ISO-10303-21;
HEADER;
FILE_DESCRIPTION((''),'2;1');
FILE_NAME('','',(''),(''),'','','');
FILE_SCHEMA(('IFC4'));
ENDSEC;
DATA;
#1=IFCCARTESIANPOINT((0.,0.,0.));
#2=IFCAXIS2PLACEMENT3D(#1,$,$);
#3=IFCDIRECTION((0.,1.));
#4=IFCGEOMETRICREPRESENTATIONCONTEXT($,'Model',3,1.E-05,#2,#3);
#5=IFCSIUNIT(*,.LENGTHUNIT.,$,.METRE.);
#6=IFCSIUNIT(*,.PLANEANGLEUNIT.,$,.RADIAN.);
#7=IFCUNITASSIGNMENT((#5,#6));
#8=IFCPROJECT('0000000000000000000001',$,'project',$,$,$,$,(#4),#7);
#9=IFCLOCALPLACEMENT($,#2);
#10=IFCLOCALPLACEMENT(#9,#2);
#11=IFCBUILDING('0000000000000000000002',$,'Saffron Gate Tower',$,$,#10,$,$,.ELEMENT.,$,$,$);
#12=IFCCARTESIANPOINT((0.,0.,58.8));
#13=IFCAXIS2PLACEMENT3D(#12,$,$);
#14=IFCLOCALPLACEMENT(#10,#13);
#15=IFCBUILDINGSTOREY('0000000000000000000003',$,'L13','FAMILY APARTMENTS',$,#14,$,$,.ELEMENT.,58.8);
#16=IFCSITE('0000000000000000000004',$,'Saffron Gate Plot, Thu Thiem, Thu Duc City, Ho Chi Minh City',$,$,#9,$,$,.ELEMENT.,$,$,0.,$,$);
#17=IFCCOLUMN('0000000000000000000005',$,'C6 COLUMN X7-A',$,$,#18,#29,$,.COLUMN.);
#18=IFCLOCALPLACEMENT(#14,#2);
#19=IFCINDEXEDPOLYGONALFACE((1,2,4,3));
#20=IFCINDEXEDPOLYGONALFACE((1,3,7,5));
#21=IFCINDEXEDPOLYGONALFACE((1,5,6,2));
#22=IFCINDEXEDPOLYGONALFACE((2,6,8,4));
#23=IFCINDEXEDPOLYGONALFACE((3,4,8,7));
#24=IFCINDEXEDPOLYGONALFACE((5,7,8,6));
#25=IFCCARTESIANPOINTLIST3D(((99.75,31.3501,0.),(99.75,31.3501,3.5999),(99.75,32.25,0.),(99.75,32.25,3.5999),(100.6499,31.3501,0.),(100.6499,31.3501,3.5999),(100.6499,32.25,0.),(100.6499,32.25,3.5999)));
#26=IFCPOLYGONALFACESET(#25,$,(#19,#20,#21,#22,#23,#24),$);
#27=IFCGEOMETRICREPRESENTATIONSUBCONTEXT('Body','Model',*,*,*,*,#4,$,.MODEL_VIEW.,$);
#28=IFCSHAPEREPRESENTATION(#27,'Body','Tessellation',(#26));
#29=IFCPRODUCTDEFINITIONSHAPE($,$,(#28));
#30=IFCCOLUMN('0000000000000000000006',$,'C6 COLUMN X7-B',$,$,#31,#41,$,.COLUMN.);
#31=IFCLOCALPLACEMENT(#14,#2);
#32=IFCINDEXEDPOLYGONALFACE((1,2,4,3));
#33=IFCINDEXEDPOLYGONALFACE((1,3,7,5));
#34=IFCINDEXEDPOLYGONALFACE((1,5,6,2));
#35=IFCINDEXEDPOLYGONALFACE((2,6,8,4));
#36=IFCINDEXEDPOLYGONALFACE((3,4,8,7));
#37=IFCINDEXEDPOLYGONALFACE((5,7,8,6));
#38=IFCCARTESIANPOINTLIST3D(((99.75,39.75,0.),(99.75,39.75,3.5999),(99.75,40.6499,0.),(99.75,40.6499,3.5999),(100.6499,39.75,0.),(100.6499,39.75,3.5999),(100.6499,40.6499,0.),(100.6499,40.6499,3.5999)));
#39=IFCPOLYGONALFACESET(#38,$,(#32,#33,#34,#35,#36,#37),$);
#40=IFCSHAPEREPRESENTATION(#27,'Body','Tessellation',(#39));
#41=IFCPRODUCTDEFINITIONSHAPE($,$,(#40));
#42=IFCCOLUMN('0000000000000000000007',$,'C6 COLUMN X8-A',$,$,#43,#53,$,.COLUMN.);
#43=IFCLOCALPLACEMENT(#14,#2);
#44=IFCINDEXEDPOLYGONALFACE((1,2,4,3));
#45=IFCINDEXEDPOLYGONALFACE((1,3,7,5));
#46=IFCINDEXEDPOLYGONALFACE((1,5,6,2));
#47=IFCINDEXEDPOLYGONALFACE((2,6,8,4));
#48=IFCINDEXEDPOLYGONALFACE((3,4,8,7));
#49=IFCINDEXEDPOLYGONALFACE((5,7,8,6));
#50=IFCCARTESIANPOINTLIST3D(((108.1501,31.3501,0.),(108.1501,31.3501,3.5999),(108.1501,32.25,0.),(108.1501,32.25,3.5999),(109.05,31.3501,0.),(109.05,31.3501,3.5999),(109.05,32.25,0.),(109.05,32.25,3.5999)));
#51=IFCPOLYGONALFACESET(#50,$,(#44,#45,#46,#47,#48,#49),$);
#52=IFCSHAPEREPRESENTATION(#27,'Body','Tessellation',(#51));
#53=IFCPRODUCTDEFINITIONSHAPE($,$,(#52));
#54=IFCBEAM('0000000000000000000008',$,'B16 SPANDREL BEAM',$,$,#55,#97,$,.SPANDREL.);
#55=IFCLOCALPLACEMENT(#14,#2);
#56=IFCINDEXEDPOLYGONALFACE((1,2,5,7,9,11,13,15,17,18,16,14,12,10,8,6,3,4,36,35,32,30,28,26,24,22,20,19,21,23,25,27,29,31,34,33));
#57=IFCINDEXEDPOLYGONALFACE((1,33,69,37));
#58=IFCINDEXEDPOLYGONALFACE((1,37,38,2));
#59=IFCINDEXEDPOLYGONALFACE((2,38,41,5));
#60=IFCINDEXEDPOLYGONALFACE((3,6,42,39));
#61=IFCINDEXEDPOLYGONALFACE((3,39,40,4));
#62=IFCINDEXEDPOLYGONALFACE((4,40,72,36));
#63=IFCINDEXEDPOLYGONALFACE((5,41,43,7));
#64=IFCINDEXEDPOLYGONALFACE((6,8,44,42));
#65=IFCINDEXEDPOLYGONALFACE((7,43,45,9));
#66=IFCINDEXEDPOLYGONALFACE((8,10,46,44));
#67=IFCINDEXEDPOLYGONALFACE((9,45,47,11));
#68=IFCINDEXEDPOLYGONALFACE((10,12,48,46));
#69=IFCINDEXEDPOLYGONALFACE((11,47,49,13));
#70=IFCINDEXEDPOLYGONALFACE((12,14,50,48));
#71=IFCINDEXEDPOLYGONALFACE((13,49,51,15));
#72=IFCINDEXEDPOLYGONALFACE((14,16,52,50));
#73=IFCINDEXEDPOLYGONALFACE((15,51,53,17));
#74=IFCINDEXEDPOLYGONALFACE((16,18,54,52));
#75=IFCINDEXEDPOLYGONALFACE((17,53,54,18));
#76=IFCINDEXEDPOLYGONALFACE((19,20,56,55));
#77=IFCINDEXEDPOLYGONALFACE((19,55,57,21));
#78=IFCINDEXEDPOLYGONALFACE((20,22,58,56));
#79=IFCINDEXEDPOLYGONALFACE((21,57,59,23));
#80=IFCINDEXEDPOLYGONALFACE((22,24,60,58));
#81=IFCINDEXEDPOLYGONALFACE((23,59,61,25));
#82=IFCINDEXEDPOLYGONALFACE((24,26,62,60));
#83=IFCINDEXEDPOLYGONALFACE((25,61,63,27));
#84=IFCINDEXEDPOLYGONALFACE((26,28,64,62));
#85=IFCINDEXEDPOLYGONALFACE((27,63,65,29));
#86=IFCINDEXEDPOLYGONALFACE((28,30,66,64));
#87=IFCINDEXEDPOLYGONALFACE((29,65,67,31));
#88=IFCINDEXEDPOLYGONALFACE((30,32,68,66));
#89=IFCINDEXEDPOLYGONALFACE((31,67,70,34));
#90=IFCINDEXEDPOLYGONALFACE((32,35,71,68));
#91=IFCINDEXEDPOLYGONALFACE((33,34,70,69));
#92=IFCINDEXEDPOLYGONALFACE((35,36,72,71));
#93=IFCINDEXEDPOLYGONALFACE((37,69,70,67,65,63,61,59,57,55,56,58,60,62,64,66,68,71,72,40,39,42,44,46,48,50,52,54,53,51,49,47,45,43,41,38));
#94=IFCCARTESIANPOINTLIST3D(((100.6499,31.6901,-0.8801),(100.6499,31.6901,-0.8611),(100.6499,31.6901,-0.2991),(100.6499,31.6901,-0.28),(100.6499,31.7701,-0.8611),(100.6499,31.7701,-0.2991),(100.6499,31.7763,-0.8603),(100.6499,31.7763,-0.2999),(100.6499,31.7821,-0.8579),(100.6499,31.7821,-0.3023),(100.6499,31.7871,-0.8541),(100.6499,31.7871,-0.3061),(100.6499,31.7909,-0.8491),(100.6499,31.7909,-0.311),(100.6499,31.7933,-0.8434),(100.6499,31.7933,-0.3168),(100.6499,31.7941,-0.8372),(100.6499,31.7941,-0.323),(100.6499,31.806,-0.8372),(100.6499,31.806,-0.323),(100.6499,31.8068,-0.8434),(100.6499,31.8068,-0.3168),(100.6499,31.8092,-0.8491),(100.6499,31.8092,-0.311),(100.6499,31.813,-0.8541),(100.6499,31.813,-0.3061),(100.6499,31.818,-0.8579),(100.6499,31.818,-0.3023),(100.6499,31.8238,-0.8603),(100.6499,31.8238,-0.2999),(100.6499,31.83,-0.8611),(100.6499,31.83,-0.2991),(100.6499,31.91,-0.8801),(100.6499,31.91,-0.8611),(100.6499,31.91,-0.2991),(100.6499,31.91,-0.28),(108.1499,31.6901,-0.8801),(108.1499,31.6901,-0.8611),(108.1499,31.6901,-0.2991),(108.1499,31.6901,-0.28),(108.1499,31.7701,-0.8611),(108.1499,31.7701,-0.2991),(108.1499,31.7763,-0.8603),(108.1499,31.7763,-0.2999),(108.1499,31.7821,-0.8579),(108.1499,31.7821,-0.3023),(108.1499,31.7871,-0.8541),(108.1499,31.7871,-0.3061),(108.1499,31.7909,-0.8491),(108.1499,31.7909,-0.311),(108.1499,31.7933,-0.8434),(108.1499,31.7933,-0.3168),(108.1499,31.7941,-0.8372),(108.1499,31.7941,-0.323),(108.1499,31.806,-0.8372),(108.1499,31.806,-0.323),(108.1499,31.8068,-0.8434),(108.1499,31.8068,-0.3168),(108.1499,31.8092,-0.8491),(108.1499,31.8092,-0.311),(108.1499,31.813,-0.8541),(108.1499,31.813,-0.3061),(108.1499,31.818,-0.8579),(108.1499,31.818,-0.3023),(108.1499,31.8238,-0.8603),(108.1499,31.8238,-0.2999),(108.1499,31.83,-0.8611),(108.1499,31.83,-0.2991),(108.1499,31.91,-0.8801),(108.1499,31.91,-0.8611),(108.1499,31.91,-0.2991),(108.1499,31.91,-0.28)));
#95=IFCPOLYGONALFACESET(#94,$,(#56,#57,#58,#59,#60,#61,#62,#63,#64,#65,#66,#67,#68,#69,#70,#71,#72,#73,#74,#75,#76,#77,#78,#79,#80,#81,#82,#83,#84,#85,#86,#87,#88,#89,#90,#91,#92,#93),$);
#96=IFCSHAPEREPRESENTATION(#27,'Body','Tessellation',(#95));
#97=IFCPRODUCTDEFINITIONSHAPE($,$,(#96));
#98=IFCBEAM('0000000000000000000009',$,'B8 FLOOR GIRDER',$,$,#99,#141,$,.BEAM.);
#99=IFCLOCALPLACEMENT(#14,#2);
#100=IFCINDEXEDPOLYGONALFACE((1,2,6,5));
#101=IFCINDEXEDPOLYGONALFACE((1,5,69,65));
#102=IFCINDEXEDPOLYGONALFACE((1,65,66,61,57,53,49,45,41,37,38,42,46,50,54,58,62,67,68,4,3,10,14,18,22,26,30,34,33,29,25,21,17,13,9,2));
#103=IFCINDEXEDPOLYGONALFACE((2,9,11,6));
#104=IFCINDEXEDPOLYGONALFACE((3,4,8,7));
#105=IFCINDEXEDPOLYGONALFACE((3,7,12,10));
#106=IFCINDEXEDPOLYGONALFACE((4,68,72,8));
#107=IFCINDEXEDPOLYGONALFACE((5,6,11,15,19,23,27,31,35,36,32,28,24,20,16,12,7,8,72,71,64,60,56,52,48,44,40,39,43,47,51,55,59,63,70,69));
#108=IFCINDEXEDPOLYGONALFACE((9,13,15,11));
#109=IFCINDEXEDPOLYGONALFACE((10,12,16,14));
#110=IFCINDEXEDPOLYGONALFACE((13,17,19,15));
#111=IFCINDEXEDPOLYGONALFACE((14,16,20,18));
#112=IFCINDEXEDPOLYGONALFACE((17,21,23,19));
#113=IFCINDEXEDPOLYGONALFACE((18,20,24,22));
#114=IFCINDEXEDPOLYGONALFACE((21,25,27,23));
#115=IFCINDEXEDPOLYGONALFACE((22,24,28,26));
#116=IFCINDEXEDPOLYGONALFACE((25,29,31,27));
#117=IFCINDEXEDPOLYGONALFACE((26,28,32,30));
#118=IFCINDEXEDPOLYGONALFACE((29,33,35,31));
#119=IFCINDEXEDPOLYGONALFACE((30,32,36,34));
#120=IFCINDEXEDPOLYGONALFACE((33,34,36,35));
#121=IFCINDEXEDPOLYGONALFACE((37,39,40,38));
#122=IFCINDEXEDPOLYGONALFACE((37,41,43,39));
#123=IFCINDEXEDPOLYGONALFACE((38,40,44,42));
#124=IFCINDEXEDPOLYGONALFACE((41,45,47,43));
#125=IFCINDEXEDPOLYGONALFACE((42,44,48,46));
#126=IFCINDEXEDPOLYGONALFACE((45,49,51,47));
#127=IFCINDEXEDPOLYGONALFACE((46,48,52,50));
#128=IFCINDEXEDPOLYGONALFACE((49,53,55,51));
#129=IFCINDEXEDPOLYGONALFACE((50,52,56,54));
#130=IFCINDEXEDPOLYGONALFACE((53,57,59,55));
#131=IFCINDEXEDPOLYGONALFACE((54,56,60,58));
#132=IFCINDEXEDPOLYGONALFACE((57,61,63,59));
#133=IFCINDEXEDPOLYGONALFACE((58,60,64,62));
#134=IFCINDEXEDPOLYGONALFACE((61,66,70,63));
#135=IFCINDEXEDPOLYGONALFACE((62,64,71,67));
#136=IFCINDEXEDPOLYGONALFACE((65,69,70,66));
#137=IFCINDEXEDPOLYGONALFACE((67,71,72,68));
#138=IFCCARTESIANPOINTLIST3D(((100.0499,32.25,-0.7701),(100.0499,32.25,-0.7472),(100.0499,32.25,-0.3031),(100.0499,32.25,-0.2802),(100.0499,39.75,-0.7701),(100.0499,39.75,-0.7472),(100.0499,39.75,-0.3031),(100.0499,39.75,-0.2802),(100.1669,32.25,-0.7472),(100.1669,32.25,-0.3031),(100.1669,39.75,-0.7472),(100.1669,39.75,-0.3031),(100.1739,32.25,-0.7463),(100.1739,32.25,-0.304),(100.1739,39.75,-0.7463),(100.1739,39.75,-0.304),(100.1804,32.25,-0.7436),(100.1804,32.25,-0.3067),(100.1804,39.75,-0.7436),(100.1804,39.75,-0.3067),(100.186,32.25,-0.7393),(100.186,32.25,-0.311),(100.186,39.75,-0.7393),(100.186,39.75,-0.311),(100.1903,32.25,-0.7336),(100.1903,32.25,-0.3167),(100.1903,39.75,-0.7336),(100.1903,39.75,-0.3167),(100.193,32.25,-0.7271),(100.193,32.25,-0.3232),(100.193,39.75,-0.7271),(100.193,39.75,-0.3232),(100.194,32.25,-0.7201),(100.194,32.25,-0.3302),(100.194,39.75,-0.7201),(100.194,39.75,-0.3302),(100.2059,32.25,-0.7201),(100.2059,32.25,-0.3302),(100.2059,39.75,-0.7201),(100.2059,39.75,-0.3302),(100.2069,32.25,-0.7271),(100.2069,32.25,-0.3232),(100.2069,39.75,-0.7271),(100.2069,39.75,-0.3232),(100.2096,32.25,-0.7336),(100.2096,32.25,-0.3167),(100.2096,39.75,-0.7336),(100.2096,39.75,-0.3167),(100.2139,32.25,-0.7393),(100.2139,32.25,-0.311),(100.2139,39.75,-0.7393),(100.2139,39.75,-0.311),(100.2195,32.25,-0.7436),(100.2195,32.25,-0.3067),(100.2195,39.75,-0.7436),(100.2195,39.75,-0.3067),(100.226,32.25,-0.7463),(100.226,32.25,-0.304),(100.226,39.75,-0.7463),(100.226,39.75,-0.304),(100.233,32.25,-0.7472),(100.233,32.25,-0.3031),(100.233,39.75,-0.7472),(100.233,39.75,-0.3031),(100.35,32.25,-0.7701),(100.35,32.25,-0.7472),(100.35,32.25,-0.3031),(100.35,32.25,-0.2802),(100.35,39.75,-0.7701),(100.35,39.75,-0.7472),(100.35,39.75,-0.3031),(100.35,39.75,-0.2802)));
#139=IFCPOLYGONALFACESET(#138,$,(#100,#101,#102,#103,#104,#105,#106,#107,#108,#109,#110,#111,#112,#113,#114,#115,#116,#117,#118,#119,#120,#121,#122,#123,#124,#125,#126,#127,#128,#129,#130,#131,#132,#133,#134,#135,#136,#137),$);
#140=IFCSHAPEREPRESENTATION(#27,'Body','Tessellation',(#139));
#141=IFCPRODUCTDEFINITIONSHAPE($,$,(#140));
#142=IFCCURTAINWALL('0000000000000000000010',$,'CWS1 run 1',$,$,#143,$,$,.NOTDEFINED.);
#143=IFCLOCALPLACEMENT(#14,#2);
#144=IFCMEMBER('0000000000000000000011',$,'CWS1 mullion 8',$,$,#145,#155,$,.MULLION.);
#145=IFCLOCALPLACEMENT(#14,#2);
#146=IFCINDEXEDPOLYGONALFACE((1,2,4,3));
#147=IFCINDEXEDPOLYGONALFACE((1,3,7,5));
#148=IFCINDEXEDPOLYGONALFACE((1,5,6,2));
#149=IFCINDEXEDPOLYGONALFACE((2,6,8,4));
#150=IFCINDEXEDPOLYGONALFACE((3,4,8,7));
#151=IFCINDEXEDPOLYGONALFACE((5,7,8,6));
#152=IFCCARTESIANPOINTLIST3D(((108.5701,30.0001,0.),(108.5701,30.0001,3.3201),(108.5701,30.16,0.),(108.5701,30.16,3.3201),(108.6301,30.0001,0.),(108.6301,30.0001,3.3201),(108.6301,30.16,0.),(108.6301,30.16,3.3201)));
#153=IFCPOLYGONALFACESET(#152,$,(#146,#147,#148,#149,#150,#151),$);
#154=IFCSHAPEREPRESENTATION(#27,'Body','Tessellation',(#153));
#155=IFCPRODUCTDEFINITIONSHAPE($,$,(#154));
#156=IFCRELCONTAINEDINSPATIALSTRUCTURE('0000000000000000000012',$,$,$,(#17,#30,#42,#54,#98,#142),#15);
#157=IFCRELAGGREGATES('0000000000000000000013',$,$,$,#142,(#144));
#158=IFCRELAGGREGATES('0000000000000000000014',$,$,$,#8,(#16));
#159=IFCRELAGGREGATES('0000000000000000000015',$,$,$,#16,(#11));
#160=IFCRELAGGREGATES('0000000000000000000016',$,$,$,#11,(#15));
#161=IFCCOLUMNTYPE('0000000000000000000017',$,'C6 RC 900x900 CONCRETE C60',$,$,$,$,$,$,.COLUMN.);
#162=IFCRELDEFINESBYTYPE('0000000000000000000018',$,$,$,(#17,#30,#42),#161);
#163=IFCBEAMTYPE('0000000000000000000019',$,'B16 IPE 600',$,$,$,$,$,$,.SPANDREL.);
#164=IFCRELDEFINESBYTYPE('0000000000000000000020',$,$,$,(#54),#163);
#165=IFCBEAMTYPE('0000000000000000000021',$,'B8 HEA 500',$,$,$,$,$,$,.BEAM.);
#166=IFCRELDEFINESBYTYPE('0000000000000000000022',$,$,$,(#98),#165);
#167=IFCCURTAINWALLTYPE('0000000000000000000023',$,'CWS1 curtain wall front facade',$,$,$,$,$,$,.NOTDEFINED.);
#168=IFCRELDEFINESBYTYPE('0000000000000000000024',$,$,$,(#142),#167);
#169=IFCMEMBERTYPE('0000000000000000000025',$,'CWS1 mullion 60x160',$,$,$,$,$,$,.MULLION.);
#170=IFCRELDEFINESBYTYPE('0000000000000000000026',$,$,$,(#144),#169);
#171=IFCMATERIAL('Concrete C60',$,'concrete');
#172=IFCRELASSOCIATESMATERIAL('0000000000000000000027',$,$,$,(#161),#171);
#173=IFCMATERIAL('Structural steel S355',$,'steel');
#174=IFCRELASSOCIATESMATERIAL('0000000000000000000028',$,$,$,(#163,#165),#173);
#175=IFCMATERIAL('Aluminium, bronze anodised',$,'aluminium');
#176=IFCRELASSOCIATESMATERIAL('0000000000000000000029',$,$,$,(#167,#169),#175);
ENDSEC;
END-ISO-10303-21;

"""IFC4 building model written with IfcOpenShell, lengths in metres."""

from ifc_helpers import new_model, si_unit, direction, frame, origin, origin_2d, place, context, subcontext, project, spatial, rectangle, i_section, extrude, material, material_profile, profile_set, type_object, element, aggregate, save


model = new_model("IFC4")

# Units and contexts
model_context = context("Model", 3, precision=1e-05, world=origin(), true_north=direction((0.0, 1.0)))
body_context = subcontext(model_context, "Body", "Model", "MODEL_VIEW")
ifc_project = project(units=[si_unit("LENGTHUNIT", "METRE"), si_unit("PLANEANGLEUNIT", "RADIAN")], contexts=[model_context])

# Site, building, storey
site_placement = place(None, origin())
site = spatial("IfcSite", under=ifc_project, at=site_placement, Name="Saffron Gate Plot, Thu Thiem, Thu Duc City, Ho Chi Minh City", CompositionType="ELEMENT", RefElevation=0.0)
building_placement = place(site_placement, origin())
building = spatial("IfcBuilding", under=site, at=building_placement, Name="Saffron Gate Tower", CompositionType="ELEMENT")
storey_placement = place(building_placement, frame((0.0, 0.0, 58.8)))
storey = spatial("IfcBuildingStorey", under=building, at=storey_placement, Name="L13", Description="FAMILY APARTMENTS", CompositionType="ELEMENT", Elevation=58.8)

# Columns
ifc_material_1 = material(Name="Concrete C60", Category="concrete")
ifc_material_profile_1 = material_profile(ifc_material_1, rectangle(XDim=0.8999, YDim=0.8999, at=origin_2d()))
ifc_profile_set_1 = profile_set([ifc_material_profile_1], Name="Concrete C60")
column_type = type_object("IfcColumnType", Name="C6 RC 900x900 CONCRETE C60", PredefinedType="COLUMN", material=ifc_profile_set_1)
for number, where, z_axis, x_axis, name in (
    (1, (100.2, 31.8, 0.0), (0.0, 0.0, 1.0), (1.0, 0.0, 0.0), "C6 COLUMN X7-A"),
    (2, (100.2, 40.2, 0.0), (0.0, 0.0, 1.0), (1.0, 0.0, 0.0), "C6 COLUMN X7-B"),
    (3, (108.6001, 31.8, 0.0), (0.0, 0.0, 1.0), (1.0, 0.0, 0.0), "C6 COLUMN X8-A"),
):
    element("IfcColumn", number, at=place(storey_placement, frame(where, z_axis=z_axis, x_axis=x_axis)), inside=storey, type_object=column_type, Name=name, PredefinedType="COLUMN", context=body_context, shape_type="SweptSolid", body=[
        extrude(rectangle(XDim=0.8999, YDim=0.8999, at=origin_2d()), origin(), (0.0, 0.0, 1.0), 3.5999),
    ])

# Beams
ifc_material_2 = material(Name="Structural steel S355", Category="steel")
ifc_material_profile_2 = material_profile(ifc_material_2, i_section(OverallWidth=0.22, OverallDepth=0.6001, WebThickness=0.012, FlangeThickness=0.019, FilletRadius=0.0239, at=origin_2d()))
ifc_profile_set_2 = profile_set([ifc_material_profile_2], Name="Structural steel S355")
beam_type_1 = type_object("IfcBeamType", Name="B16 IPE 600", PredefinedType="SPANDREL", material=ifc_profile_set_2)
beam_1_placement = place(storey_placement, frame((100.6499, 31.8, -0.5801), z_axis=(1.0, 0.0, 0.0), x_axis=(0.0, 1.0, 0.0)))
element("IfcBeam", 4, at=beam_1_placement, inside=storey, type_object=beam_type_1, Name="B16 SPANDREL BEAM", PredefinedType="SPANDREL", context=body_context, shape_type="SweptSolid", body=[
    extrude(i_section(OverallWidth=0.22, OverallDepth=0.6001, WebThickness=0.012, FlangeThickness=0.019, FilletRadius=0.0239, at=origin_2d()), origin(), (0.0, 0.0, 1.0), 7.5),
])
ifc_material_profile_3 = material_profile(ifc_material_2, i_section(OverallWidth=0.3, OverallDepth=0.49, WebThickness=0.012, FlangeThickness=0.0229, FilletRadius=0.0271, at=origin_2d()))
ifc_profile_set_3 = profile_set([ifc_material_profile_3], Name="Structural steel S355")
beam_type_2 = type_object("IfcBeamType", Name="B8 HEA 500", PredefinedType="BEAM", material=ifc_profile_set_3)
beam_2_placement = place(storey_placement, frame((100.2, 32.25, -0.5251), z_axis=(0.0, 1.0, 0.0), x_axis=(-1.0, 0.0, 0.0)))
element("IfcBeam", 5, at=beam_2_placement, inside=storey, type_object=beam_type_2, Name="B8 FLOOR GIRDER", PredefinedType="BEAM", context=body_context, shape_type="SweptSolid", body=[
    extrude(i_section(OverallWidth=0.3, OverallDepth=0.49, WebThickness=0.012, FlangeThickness=0.0229, FilletRadius=0.0271, at=origin_2d()), origin(), (0.0, 0.0, 1.0), 7.5),
])

# Curtain wall, member
ifc_material_3 = material(Name="Aluminium, bronze anodised", Category="aluminium")
curtain_wall_type = type_object("IfcCurtainWallType", Name="CWS1 curtain wall front facade", PredefinedType="NOTDEFINED", material=ifc_material_3)
curtain_wall_placement = place(storey_placement, origin())
curtain_wall = element("IfcCurtainWall", 6, at=curtain_wall_placement, inside=storey, type_object=curtain_wall_type, Name="CWS1 run 1", PredefinedType="NOTDEFINED")
ifc_material_profile_4 = material_profile(ifc_material_3, rectangle(XDim=0.1599, YDim=0.0601, at=origin_2d()))
ifc_profile_set_4 = profile_set([ifc_material_profile_4], Name="Aluminium, bronze anodised")
member_type = type_object("IfcMemberType", Name="CWS1 mullion 60x160", PredefinedType="MULLION", material=ifc_profile_set_4)
member_placement = place(storey_placement, frame((108.6001, 30.0801, 0.0), z_axis=(0.0, 0.0, 1.0), x_axis=(0.0, 1.0, 0.0)))
member = element("IfcMember", 7, at=member_placement, type_object=member_type, Name="CWS1 mullion 8", PredefinedType="MULLION", context=body_context, shape_type="SweptSolid", body=[
    extrude(rectangle(XDim=0.1599, YDim=0.0601, at=origin_2d()), origin(), (0.0, 0.0, 1.0), 3.3201),
])
aggregate(curtain_wall, [member])

save(model, "model.ifc")
